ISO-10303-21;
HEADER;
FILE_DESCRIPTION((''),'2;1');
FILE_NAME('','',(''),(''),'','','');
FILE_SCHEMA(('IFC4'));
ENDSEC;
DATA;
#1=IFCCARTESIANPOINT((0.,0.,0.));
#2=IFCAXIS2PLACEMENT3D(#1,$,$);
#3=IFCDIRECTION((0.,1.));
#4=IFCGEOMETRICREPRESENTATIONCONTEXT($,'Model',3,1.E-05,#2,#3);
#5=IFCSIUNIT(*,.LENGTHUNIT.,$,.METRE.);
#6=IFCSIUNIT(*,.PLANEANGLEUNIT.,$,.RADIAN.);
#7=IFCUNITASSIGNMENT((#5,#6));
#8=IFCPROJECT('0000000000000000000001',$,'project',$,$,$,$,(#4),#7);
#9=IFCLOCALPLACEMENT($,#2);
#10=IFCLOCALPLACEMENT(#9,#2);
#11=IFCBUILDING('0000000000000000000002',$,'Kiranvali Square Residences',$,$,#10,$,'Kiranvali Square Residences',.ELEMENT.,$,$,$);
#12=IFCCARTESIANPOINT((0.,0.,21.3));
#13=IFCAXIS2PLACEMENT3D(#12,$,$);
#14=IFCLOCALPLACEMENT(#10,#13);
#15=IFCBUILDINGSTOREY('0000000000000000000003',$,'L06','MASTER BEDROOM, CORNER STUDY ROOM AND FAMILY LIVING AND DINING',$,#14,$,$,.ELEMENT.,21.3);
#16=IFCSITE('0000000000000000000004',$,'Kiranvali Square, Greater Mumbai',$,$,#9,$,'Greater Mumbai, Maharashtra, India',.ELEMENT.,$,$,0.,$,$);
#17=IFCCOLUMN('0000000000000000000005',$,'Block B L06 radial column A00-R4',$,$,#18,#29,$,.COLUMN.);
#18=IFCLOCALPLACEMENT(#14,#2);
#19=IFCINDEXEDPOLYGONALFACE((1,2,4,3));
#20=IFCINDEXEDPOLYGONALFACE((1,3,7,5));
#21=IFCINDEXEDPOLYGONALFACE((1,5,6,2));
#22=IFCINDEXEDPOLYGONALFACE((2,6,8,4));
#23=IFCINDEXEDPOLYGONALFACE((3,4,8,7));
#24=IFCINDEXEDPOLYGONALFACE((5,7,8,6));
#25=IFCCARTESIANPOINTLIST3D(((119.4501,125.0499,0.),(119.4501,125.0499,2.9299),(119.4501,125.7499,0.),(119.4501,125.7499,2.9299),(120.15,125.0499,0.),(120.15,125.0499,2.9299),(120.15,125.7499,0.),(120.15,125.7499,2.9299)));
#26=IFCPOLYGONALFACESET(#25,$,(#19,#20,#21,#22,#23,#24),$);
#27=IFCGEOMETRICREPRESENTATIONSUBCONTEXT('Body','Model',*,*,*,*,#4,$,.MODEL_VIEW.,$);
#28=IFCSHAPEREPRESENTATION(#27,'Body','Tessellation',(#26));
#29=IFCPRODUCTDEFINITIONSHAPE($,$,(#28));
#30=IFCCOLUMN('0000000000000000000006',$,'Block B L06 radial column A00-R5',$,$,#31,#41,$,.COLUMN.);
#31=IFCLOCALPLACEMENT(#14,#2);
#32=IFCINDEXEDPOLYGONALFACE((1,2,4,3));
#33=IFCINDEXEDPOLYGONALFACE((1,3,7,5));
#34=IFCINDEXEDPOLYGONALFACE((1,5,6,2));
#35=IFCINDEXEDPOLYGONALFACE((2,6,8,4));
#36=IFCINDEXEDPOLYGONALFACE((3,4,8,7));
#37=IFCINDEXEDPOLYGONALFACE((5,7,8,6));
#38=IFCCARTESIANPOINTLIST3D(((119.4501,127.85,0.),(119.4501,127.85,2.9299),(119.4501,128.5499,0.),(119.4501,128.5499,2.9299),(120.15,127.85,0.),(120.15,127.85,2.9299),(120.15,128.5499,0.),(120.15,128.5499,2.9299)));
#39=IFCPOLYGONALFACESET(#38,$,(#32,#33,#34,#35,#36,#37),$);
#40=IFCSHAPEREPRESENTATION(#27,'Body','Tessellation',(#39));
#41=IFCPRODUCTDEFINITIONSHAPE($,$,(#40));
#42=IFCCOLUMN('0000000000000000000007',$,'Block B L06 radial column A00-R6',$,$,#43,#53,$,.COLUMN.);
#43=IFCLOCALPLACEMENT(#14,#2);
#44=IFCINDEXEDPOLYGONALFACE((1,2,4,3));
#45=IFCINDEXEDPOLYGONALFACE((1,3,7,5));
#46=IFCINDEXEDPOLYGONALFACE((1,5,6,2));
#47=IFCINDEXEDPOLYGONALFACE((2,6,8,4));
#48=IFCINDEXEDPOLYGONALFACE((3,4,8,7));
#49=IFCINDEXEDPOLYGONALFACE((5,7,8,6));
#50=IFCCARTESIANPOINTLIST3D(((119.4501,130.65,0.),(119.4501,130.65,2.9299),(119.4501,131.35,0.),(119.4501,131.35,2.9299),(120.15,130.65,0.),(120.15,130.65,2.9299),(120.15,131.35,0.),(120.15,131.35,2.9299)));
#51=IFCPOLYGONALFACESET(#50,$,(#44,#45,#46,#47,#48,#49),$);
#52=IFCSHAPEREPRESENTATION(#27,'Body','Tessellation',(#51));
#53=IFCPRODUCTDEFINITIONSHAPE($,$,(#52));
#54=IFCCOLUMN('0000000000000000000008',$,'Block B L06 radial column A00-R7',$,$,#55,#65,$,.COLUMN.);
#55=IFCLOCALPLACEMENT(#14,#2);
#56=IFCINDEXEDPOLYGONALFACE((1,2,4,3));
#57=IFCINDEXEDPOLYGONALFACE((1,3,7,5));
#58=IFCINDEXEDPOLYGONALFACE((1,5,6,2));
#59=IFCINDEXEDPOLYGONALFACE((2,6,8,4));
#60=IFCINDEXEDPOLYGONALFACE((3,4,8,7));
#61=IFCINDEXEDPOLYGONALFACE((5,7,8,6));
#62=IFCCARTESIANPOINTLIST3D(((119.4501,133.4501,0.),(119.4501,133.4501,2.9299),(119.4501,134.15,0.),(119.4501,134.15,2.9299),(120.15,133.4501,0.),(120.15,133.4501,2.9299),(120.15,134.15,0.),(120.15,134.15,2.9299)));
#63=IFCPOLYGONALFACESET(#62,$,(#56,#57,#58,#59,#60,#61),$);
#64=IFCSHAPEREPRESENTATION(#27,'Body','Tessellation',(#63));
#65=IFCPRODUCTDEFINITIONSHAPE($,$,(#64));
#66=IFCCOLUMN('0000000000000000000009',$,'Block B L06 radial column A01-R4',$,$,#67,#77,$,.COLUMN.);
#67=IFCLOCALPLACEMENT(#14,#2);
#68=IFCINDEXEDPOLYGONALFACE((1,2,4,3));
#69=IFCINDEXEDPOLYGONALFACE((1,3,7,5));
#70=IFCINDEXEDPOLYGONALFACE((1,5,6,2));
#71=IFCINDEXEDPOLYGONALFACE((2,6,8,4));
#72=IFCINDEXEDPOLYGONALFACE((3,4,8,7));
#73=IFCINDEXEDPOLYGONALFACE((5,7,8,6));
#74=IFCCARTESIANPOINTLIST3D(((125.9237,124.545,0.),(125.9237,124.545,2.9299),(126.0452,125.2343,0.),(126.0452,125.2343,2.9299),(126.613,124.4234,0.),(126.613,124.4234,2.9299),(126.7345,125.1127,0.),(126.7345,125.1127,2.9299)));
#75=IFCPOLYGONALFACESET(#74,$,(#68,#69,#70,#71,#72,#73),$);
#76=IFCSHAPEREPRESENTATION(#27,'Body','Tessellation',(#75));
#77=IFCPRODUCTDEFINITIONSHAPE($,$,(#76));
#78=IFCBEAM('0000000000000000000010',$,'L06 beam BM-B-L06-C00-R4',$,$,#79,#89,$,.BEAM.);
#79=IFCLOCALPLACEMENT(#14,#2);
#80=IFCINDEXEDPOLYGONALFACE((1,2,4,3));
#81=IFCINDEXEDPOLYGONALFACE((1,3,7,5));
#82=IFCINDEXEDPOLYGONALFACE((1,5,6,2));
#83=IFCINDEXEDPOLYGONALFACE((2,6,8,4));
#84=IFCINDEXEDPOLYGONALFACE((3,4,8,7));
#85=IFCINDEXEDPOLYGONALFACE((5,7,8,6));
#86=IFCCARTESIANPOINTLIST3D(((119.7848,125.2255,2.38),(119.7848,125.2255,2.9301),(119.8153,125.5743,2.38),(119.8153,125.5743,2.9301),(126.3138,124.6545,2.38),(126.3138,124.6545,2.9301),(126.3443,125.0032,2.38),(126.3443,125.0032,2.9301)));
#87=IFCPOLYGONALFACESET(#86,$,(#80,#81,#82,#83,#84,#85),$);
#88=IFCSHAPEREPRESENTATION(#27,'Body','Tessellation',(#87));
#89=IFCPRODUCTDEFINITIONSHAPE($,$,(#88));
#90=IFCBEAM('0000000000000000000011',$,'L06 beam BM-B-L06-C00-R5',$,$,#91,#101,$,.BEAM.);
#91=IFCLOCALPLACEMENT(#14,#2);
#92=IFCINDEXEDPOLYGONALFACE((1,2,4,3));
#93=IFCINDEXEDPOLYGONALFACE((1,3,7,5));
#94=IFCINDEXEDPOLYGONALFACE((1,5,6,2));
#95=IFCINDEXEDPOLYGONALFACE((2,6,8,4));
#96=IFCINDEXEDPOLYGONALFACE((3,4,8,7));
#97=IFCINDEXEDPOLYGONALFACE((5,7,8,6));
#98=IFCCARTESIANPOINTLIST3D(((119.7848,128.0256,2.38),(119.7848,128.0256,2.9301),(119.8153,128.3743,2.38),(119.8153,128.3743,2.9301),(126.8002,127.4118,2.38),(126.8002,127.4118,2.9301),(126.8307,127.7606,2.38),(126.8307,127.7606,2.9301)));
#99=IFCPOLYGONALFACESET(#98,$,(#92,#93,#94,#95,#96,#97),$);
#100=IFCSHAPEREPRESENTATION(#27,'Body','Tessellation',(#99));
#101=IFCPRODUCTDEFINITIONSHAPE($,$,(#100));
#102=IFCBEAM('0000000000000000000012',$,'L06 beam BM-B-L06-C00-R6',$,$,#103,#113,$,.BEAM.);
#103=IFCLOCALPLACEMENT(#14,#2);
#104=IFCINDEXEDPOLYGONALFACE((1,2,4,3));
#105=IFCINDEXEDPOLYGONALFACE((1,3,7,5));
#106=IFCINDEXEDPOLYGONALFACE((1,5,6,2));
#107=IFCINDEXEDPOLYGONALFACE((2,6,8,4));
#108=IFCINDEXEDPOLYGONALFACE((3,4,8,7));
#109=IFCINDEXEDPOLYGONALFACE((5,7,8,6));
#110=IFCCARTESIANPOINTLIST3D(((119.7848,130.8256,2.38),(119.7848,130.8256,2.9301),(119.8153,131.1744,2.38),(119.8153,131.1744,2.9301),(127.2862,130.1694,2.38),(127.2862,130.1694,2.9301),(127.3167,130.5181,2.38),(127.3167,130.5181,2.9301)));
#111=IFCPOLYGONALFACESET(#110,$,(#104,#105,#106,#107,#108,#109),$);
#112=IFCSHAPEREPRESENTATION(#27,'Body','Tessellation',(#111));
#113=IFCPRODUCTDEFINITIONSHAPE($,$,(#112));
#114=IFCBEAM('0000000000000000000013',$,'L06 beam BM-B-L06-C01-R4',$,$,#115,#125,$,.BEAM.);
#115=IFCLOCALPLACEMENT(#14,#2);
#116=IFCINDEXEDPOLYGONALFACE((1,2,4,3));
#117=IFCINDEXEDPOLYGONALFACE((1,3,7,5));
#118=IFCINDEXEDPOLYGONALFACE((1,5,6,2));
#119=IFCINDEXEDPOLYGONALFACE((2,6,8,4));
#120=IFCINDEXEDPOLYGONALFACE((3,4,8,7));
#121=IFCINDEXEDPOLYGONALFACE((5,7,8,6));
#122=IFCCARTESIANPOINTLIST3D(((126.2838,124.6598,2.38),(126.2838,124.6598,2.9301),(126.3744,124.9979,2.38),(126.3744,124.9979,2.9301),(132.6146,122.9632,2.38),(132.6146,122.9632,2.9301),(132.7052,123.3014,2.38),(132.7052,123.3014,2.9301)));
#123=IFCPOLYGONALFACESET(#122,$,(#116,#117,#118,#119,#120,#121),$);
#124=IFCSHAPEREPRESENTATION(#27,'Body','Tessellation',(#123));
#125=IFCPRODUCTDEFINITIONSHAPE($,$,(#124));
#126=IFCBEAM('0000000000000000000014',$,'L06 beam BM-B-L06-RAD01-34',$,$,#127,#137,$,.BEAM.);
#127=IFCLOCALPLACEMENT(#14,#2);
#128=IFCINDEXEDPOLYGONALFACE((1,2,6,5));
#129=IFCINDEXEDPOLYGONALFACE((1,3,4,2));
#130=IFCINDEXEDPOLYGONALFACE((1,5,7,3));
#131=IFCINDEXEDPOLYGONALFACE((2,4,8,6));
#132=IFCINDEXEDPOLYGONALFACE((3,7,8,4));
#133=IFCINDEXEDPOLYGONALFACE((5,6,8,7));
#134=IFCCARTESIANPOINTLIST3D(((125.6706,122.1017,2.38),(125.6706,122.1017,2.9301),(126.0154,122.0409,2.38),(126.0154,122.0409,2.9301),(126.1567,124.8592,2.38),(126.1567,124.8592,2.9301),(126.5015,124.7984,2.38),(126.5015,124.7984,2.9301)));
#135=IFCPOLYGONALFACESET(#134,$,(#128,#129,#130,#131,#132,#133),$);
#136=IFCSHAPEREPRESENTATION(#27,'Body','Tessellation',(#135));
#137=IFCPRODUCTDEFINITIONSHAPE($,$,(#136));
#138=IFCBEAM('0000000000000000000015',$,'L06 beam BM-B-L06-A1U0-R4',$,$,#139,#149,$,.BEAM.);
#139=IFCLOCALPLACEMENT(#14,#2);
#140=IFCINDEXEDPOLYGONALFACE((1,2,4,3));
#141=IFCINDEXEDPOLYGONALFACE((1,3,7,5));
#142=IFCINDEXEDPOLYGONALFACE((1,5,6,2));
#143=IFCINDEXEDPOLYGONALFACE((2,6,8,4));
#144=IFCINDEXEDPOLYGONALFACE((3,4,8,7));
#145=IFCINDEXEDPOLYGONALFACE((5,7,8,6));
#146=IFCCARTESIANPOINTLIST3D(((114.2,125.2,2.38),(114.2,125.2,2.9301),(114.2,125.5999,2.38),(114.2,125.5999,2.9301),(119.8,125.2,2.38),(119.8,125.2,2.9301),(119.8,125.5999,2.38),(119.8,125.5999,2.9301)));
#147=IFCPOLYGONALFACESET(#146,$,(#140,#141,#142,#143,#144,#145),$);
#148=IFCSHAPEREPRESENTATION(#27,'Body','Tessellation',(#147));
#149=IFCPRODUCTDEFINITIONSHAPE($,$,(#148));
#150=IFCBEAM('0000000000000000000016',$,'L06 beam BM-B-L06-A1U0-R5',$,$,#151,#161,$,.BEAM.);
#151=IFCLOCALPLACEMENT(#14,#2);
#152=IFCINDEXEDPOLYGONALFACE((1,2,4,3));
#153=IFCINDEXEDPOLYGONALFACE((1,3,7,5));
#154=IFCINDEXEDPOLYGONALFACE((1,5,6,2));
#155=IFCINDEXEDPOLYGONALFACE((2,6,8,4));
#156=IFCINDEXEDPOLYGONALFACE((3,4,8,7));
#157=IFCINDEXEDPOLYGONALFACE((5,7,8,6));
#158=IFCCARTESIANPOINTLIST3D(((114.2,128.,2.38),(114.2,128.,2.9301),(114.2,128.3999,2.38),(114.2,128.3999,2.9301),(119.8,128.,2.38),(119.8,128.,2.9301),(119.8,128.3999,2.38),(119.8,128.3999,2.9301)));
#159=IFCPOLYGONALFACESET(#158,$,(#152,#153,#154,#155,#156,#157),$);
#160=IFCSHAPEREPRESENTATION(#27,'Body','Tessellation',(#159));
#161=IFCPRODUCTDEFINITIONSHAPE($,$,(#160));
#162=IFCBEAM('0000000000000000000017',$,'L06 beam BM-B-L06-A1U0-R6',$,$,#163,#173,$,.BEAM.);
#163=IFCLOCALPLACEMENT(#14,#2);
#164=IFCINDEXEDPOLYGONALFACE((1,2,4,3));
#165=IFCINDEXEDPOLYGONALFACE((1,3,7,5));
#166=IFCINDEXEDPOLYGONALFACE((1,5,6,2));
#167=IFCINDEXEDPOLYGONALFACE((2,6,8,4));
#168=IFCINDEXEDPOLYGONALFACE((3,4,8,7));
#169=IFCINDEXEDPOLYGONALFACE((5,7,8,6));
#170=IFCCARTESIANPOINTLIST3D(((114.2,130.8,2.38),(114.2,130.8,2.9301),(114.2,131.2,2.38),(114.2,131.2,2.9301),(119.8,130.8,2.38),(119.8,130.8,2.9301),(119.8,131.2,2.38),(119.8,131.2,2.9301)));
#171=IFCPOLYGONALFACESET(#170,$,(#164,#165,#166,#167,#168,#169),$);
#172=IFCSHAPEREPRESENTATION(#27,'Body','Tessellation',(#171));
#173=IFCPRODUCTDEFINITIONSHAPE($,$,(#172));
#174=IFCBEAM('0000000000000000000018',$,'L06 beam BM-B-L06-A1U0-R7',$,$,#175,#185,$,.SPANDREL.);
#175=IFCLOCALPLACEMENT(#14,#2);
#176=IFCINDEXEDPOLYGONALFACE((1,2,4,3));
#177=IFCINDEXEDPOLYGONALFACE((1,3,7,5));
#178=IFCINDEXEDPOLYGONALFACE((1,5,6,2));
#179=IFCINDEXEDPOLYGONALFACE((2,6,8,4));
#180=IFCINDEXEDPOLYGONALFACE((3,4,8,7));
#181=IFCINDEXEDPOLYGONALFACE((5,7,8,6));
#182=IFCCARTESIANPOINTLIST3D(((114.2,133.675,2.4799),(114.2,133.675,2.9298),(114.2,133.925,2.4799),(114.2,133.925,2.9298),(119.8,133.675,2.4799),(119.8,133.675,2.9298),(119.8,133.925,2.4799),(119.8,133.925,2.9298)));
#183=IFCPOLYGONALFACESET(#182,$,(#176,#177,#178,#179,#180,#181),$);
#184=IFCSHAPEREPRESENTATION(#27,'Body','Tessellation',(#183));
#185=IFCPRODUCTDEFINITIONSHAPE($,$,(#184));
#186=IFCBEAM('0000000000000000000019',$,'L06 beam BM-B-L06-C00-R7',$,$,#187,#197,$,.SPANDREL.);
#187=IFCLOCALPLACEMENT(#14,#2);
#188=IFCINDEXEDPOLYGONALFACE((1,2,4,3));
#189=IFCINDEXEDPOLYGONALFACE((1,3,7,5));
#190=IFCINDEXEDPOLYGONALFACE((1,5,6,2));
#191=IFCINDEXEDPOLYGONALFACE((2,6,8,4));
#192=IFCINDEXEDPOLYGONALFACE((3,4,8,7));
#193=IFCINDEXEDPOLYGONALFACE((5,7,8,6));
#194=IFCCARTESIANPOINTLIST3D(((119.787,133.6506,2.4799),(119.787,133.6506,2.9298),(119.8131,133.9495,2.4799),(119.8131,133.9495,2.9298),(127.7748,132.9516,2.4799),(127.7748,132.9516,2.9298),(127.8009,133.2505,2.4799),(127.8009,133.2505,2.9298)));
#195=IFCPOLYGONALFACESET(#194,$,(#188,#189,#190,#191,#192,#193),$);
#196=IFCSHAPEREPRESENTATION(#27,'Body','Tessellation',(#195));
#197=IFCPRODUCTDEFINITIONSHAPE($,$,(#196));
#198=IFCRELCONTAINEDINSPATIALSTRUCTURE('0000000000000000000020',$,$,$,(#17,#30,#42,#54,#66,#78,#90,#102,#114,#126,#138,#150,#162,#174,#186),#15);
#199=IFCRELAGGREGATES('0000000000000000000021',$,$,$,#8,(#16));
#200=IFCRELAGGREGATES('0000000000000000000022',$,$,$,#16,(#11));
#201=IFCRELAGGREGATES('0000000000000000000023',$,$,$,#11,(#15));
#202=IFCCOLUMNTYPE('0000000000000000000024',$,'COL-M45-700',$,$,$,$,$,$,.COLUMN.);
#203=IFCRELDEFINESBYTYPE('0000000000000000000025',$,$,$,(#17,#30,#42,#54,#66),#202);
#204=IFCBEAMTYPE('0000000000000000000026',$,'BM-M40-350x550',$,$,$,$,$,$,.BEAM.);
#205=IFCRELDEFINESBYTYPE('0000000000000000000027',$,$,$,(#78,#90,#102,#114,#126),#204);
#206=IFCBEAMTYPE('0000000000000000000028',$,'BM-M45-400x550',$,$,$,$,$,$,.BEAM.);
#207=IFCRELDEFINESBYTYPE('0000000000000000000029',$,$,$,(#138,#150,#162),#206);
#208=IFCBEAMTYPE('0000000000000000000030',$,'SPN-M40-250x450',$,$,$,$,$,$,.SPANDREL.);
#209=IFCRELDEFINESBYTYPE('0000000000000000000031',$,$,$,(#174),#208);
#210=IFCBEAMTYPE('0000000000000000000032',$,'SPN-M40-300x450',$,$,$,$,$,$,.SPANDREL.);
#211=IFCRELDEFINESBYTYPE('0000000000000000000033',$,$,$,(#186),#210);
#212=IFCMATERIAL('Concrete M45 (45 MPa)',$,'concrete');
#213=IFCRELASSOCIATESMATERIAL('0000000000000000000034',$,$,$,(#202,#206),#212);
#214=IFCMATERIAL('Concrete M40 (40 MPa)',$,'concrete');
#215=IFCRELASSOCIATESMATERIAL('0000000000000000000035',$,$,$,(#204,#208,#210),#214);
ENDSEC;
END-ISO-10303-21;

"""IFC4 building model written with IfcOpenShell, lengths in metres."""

from ifc_helpers import new_model, si_unit, direction, frame, origin, origin_2d, place, context, subcontext, project, spatial, rectangle, extrude, material, material_profile, profile_set, type_object, element, save


model = new_model("IFC4")

# Units and contexts
model_context = context("Model", 3, precision=1e-05, world=origin(), true_north=direction((0.0, 1.0)))
body_context = subcontext(model_context, "Body", "Model", "MODEL_VIEW")
ifc_project = project(units=[si_unit("LENGTHUNIT", "METRE"), si_unit("PLANEANGLEUNIT", "RADIAN")], contexts=[model_context])

# Site, building, storey
site_placement = place(None, origin())
site = spatial("IfcSite", under=ifc_project, at=site_placement, Name="Kiranvali Square, Greater Mumbai", LongName="Greater Mumbai, Maharashtra, India", CompositionType="ELEMENT", RefElevation=0.0)
building_placement = place(site_placement, origin())
building = spatial("IfcBuilding", under=site, at=building_placement, Name="Kiranvali Square Residences", LongName="Kiranvali Square Residences", CompositionType="ELEMENT")
storey_placement = place(building_placement, frame((0.0, 0.0, 21.3)))
storey = spatial("IfcBuildingStorey", under=building, at=storey_placement, Name="L06", Description="MASTER BEDROOM, CORNER STUDY ROOM AND FAMILY LIVING AND DINING", CompositionType="ELEMENT", Elevation=21.3)

# Columns
ifc_material_1 = material(Name="Concrete M45 (45 MPa)", Category="concrete")
ifc_material_profile_1 = material_profile(ifc_material_1, rectangle(XDim=0.7, YDim=0.7, at=origin_2d()), Name="RC 700x700")
ifc_profile_set_1 = profile_set([ifc_material_profile_1], Name="Concrete M45 (45 MPa)")
column_type = type_object("IfcColumnType", Name="COL-M45-700", PredefinedType="COLUMN", material=ifc_profile_set_1)
for number, where, z_axis, x_axis, name in (
    (1, (119.8, 125.3999, 0.0), (0.0, 0.0, 1.0), (1.0, 0.0, 0.0), "Block B L06 radial column A00-R4"),
    (2, (119.8, 128.2, 0.0), (0.0, 0.0, 1.0), (1.0, 0.0, 0.0), "Block B L06 radial column A00-R5"),
    (3, (119.8, 131.0, 0.0), (0.0, 0.0, 1.0), (1.0, 0.0, 0.0), "Block B L06 radial column A00-R6"),
    (4, (119.8, 133.8, 0.0), (0.0, 0.0, 1.0), (1.0, 0.0, 0.0), "Block B L06 radial column A00-R7"),
    (5, (126.3291, 124.8289, 0.0), (0.0, 0.0, 1.0), (-0.984808, 0.173648, 0.0), "Block B L06 radial column A01-R4"),
):
    element("IfcColumn", number, at=place(storey_placement, frame(where, z_axis=z_axis, x_axis=x_axis)), inside=storey, type_object=column_type, Name=name, PredefinedType="COLUMN", context=body_context, shape_type="SweptSolid", body=[
        extrude(rectangle(XDim=0.7, YDim=0.7, at=origin_2d()), origin(), (0.0, 0.0, 1.0), 2.9299),
    ])

# Beams
ifc_material_2 = material(Name="Concrete M40 (40 MPa)", Category="concrete")
ifc_material_profile_2 = material_profile(ifc_material_2, rectangle(XDim=0.3501, YDim=0.55, at=origin_2d()), Name="RC 350x550")
ifc_profile_set_2 = profile_set([ifc_material_profile_2], Name="Concrete M40 (40 MPa)")
beam_type_1 = type_object("IfcBeamType", Name="BM-M40-350x550", PredefinedType="BEAM", material=ifc_profile_set_2)
beam_1_placement = place(storey_placement, frame((119.8, 125.3999, 2.655), z_axis=(0.996197, -0.08713, 0.0), x_axis=(0.08713, 0.996197, 0.0)))
element("IfcBeam", 6, at=beam_1_placement, inside=storey, type_object=beam_type_1, Name="L06 beam BM-B-L06-C00-R4", PredefinedType="BEAM", context=body_context, shape_type="SweptSolid", body=[
    extrude(rectangle(XDim=0.3501, YDim=0.55, at=origin_2d()), origin(), (0.0, 0.0, 1.0), 6.554),
])
beam_2_placement = place(storey_placement, frame((119.8, 128.2, 2.655), z_axis=(0.996195, -0.087156, 0.0), x_axis=(0.087156, 0.996195, 0.0)))
element("IfcBeam", 7, at=beam_2_placement, inside=storey, type_object=beam_type_1, Name="L06 beam BM-B-L06-C00-R5", PredefinedType="BEAM", context=body_context, shape_type="SweptSolid", body=[
    extrude(rectangle(XDim=0.3501, YDim=0.55, at=origin_2d()), origin(), (0.0, 0.0, 1.0), 7.0422),
])
beam_3_placement = place(storey_placement, frame((119.8, 131.0, 2.655), z_axis=(0.996195, -0.08715, 0.0), x_axis=(0.08715, 0.996195, 0.0)))
element("IfcBeam", 8, at=beam_3_placement, inside=storey, type_object=beam_type_1, Name="L06 beam BM-B-L06-C00-R6", PredefinedType="BEAM", context=body_context, shape_type="SweptSolid", body=[
    extrude(rectangle(XDim=0.3501, YDim=0.55, at=origin_2d()), origin(), (0.0, 0.0, 1.0), 7.53),
])
beam_4_placement = place(storey_placement, frame((126.3291, 124.8289, 2.655), z_axis=(0.965918, -0.258847, 0.0), x_axis=(0.258847, 0.965918, 0.0)))
element("IfcBeam", 9, at=beam_4_placement, inside=storey, type_object=beam_type_1, Name="L06 beam BM-B-L06-C01-R4", PredefinedType="BEAM", context=body_context, shape_type="SweptSolid", body=[
    extrude(rectangle(XDim=0.3501, YDim=0.55, at=origin_2d()), origin(), (0.0, 0.0, 1.0), 6.5542),
])
beam_5_placement = place(storey_placement, frame((125.843, 122.0713, 2.655), z_axis=(0.173596, 0.984817, 0.0), x_axis=(-0.984817, 0.173596, 0.0)))
element("IfcBeam", 10, at=beam_5_placement, inside=storey, type_object=beam_type_1, Name="L06 beam BM-B-L06-RAD01-34", PredefinedType="BEAM", context=body_context, shape_type="SweptSolid", body=[
    extrude(rectangle(XDim=0.3501, YDim=0.55, at=origin_2d()), origin(), (0.0, 0.0, 1.0), 2.8),
])
ifc_material_profile_3 = material_profile(ifc_material_1, rectangle(XDim=0.3999, YDim=0.55, at=origin_2d()), Name="RC 400x550")
ifc_profile_set_3 = profile_set([ifc_material_profile_3], Name="Concrete M45 (45 MPa)")
beam_type_2 = type_object("IfcBeamType", Name="BM-M45-400x550", PredefinedType="BEAM", material=ifc_profile_set_3)
for number, where, z_axis, x_axis, name in (
    (11, (119.8, 125.3999, 2.655), (-1.0, 0.0, 0.0), (0.0, -1.0, 0.0), "L06 beam BM-B-L06-A1U0-R4"),
    (12, (119.8, 128.2, 2.655), (-1.0, 0.0, 0.0), (0.0, -1.0, 0.0), "L06 beam BM-B-L06-A1U0-R5"),
    (13, (119.8, 131.0, 2.655), (-1.0, 0.0, 0.0), (0.0, -1.0, 0.0), "L06 beam BM-B-L06-A1U0-R6"),
):
    element("IfcBeam", number, at=place(storey_placement, frame(where, z_axis=z_axis, x_axis=x_axis)), inside=storey, type_object=beam_type_2, Name=name, PredefinedType="BEAM", context=body_context, shape_type="SweptSolid", body=[
        extrude(rectangle(XDim=0.3999, YDim=0.55, at=origin_2d()), origin(), (0.0, 0.0, 1.0), 5.6001),
    ])
ifc_material_profile_4 = material_profile(ifc_material_2, rectangle(XDim=0.25, YDim=0.45, at=origin_2d()), Name="RC 250x450")
ifc_profile_set_4 = profile_set([ifc_material_profile_4], Name="Concrete M40 (40 MPa)")
beam_type_3 = type_object("IfcBeamType", Name="SPN-M40-250x450", PredefinedType="SPANDREL", material=ifc_profile_set_4)
beam_6_placement = place(storey_placement, frame((119.8, 133.8, 2.7048), z_axis=(-1.0, 0.0, 0.0), x_axis=(0.0, -1.0, 0.0)))
element("IfcBeam", 14, at=beam_6_placement, inside=storey, type_object=beam_type_3, Name="L06 beam BM-B-L06-A1U0-R7", PredefinedType="SPANDREL", context=body_context, shape_type="SweptSolid", body=[
    extrude(rectangle(XDim=0.25, YDim=0.45, at=origin_2d()), origin(), (0.0, 0.0, 1.0), 5.6001),
])
ifc_material_profile_5 = material_profile(ifc_material_2, rectangle(XDim=0.3, YDim=0.45, at=origin_2d()), Name="RC 300x450")
ifc_profile_set_5 = profile_set([ifc_material_profile_5], Name="Concrete M40 (40 MPa)")
beam_type_4 = type_object("IfcBeamType", Name="SPN-M40-300x450", PredefinedType="SPANDREL", material=ifc_profile_set_5)
beam_7_placement = place(storey_placement, frame((119.8, 133.8, 2.7048), z_axis=(0.996193, -0.087172, 0.0), x_axis=(0.087172, 0.996193, 0.0)))
element("IfcBeam", 15, at=beam_7_placement, inside=storey, type_object=beam_type_4, Name="L06 beam BM-B-L06-C00-R7", PredefinedType="SPANDREL", context=body_context, shape_type="SweptSolid", body=[
    extrude(rectangle(XDim=0.3, YDim=0.45, at=origin_2d()), origin(), (0.0, 0.0, 1.0), 8.0183),
])

save(model, "model.ifc")
